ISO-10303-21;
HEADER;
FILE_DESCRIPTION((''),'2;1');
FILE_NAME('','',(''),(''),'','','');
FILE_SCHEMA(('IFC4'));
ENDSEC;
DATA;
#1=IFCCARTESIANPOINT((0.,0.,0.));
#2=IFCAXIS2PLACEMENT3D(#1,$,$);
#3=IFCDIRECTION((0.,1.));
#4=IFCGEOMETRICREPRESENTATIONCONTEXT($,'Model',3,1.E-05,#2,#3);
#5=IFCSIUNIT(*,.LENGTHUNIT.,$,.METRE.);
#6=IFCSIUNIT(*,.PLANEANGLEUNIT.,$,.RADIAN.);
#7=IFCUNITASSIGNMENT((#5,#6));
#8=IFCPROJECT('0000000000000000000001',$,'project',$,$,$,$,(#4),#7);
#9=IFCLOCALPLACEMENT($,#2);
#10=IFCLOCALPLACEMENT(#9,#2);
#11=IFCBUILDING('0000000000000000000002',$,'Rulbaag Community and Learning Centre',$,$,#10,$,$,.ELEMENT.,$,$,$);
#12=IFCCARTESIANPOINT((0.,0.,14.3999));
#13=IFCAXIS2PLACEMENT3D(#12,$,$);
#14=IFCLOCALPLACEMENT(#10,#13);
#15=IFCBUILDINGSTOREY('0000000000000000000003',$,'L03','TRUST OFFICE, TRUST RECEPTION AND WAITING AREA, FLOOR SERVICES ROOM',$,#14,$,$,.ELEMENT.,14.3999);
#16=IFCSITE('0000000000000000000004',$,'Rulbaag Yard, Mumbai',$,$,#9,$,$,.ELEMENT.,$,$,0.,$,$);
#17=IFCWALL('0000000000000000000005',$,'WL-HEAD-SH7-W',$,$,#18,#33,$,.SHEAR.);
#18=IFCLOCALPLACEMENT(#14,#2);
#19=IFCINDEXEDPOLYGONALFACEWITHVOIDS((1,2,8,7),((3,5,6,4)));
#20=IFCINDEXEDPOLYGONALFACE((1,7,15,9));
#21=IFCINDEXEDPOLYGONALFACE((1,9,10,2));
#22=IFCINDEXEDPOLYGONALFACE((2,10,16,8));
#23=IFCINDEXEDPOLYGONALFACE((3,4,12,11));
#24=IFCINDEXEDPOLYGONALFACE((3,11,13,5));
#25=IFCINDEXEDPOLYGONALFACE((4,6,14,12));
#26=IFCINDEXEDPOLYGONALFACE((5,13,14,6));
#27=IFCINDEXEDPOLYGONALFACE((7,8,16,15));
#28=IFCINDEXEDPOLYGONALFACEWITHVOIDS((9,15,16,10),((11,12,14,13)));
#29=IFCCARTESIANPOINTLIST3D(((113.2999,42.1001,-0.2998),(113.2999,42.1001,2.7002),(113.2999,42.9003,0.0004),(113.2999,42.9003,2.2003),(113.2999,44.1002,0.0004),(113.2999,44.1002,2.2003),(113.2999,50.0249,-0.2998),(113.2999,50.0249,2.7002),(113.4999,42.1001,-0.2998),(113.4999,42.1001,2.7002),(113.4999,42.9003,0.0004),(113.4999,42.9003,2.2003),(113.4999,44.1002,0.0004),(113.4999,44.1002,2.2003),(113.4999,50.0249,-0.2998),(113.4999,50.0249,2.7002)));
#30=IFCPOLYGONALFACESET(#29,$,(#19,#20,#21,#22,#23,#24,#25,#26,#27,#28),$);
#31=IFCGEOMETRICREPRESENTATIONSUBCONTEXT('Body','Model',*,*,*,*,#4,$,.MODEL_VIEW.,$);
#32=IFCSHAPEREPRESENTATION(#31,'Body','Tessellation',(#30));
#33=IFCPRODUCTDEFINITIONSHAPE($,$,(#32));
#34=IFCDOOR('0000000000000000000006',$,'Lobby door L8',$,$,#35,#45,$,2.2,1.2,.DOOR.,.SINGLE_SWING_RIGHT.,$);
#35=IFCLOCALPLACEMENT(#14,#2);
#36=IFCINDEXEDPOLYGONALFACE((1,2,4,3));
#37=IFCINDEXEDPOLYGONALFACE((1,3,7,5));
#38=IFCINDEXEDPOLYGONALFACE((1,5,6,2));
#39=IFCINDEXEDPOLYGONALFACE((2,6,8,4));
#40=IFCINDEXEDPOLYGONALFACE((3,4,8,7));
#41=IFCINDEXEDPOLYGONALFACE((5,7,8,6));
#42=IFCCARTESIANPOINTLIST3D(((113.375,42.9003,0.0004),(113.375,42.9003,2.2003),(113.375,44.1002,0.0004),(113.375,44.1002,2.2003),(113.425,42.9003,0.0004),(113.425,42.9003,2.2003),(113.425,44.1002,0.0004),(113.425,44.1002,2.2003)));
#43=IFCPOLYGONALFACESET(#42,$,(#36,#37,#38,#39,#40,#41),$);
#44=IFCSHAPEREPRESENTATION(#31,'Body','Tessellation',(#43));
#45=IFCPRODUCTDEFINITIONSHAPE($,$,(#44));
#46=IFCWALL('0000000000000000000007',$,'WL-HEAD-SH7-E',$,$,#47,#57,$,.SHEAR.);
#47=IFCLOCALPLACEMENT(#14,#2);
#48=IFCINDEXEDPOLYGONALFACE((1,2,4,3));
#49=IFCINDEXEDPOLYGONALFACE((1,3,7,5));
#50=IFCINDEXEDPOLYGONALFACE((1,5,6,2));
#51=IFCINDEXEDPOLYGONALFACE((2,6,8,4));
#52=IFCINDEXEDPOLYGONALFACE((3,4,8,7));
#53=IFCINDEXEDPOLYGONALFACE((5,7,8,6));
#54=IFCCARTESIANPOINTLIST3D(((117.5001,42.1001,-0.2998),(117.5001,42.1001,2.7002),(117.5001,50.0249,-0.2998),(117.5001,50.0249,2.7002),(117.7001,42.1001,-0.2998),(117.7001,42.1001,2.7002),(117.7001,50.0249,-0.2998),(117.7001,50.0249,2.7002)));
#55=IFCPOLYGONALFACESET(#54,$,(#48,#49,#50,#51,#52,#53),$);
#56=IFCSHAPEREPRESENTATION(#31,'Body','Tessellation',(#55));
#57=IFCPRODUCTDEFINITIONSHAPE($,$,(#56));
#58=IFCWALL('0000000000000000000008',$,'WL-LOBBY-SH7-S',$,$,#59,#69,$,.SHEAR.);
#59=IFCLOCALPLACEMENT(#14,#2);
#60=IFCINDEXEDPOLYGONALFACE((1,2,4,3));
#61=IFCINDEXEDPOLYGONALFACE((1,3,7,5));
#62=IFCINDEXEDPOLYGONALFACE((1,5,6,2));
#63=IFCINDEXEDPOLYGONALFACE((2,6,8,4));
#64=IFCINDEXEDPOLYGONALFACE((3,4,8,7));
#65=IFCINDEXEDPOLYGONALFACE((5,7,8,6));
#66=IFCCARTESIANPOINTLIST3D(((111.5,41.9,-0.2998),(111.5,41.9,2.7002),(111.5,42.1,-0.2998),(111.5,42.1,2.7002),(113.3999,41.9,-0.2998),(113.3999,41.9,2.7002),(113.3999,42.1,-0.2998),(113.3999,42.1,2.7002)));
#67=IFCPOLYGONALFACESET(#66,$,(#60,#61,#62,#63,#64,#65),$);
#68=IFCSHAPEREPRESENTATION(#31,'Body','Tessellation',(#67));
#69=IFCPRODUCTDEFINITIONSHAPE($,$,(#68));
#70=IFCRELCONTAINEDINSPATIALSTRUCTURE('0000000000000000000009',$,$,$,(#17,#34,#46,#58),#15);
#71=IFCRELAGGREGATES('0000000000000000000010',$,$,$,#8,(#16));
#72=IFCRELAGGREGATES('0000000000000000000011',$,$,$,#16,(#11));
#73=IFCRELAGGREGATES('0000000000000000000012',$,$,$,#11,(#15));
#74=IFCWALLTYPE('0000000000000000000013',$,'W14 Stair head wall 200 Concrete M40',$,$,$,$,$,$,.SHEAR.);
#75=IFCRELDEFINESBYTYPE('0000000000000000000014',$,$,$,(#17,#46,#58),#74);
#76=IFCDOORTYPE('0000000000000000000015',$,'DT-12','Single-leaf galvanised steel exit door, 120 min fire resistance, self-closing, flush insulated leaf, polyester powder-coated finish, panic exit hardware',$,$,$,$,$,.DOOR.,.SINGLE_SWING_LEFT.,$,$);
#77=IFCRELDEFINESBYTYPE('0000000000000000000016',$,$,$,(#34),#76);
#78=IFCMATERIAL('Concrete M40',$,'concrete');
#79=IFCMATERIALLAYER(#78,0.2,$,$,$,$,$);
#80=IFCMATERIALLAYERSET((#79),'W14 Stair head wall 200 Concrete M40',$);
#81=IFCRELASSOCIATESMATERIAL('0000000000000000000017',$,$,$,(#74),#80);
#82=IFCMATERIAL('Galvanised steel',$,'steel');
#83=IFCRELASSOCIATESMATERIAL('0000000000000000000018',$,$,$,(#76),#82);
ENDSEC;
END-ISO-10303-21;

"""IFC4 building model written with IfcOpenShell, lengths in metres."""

from ifc_helpers import new_model, si_unit, direction, frame, frame_2d, origin, place, context, subcontext, project, spatial, rectangle, extrude, material, layer, layer_set, type_object, element, fill, save


model = new_model("IFC4")

# Units and contexts
model_context = context("Model", 3, precision=1e-05, world=origin(), true_north=direction((0.0, 1.0)))
body_context = subcontext(model_context, "Body", "Model", "MODEL_VIEW")
ifc_project = project(units=[si_unit("LENGTHUNIT", "METRE"), si_unit("PLANEANGLEUNIT", "RADIAN")], contexts=[model_context])

# Site, building, storey
site_placement = place(None, origin())
site = spatial("IfcSite", under=ifc_project, at=site_placement, Name="Rulbaag Yard, Mumbai", CompositionType="ELEMENT", RefElevation=0.0)
building_placement = place(site_placement, origin())
building = spatial("IfcBuilding", under=site, at=building_placement, Name="Rulbaag Community and Learning Centre", CompositionType="ELEMENT")
storey_placement = place(building_placement, frame((0.0, 0.0, 14.3999)))
storey = spatial("IfcBuildingStorey", under=building, at=storey_placement, Name="L03", Description="TRUST OFFICE, TRUST RECEPTION AND WAITING AREA, FLOOR SERVICES ROOM", CompositionType="ELEMENT", Elevation=14.3999)

# Shared definitions
ifc_material_1 = material(Name="Concrete M40", Category="concrete")

# Shared definitions
ifc_layer_1 = layer(ifc_material_1, 0.2)
ifc_layer_set_1 = layer_set([ifc_layer_1], Name="W14 Stair head wall 200 Concrete M40")
wall_type_1 = type_object("IfcWallType", Name="W14 Stair head wall 200 Concrete M40", PredefinedType="SHEAR", material=ifc_layer_set_1)

# Wall, opening, door
wall_1_placement = place(storey_placement, frame((113.3999, 42.1001, -0.2998), z_axis=(0.0, 0.0, 1.0), x_axis=(0.0, 1.0, 0.0)))
wall_1 = element("IfcWall", 1, at=wall_1_placement, inside=storey, type_object=wall_type_1, Name="WL-HEAD-SH7-W", PredefinedType="SHEAR", context=body_context, shape_type="SweptSolid", body=[
    extrude(rectangle(XDim=7.9248, YDim=0.2, at=frame_2d((3.9624, 0.0))), origin(), (0.0, 0.0, 1.0), 3.0),
])
opening_placement = place(wall_1_placement, frame((0.8, 0.0, 0.3)))
opening = element("IfcOpeningElement", 2, at=opening_placement, cuts=wall_1, PredefinedType="OPENING", context=body_context, shape_type="SweptSolid", body=[
    extrude(rectangle(XDim=1.2, YDim=2.2, at=frame_2d((0.6001, 1.1001))), frame((0.0, 0.1099, 0.0), z_axis=(0.0, -1.0, 0.0), x_axis=(1.0, 0.0, 0.0)), (0.0, 0.0, 1.0), 0.22),
])
ifc_material_2 = material(Name="Galvanised steel", Category="steel")
door_type = type_object("IfcDoorType", Name="DT-12", Description="Single-leaf galvanised steel exit door, 120 min fire resistance, self-closing, flush insulated leaf, polyester powder-coated finish, panic exit hardware", OperationType="SINGLE_SWING_LEFT", PredefinedType="DOOR", material=ifc_material_2)
door_placement = place(opening_placement, origin())
door = element("IfcDoor", 3, at=door_placement, inside=storey, type_object=door_type, Name="Lobby door L8", OperationType="SINGLE_SWING_RIGHT", OverallHeight=2.2, OverallWidth=1.2, PredefinedType="DOOR", context=body_context, shape_type="SweptSolid", body=[
    extrude(rectangle(XDim=1.2, YDim=2.2, at=frame_2d((0.6001, 1.1001))), frame((0.0, 0.0249, 0.0), z_axis=(0.0, -1.0, 0.0), x_axis=(1.0, 0.0, 0.0)), (0.0, 0.0, 1.0), 0.05),
])
fill(opening, door)

# Walls
wall_2_placement = place(storey_placement, frame((117.6001, 42.1001, -0.2998), z_axis=(0.0, 0.0, 1.0), x_axis=(0.0, 1.0, 0.0)))
element("IfcWall", 4, at=wall_2_placement, inside=storey, type_object=wall_type_1, Name="WL-HEAD-SH7-E", PredefinedType="SHEAR", context=body_context, shape_type="SweptSolid", body=[
    extrude(rectangle(XDim=7.9248, YDim=0.2, at=frame_2d((3.9624, 0.0))), origin(), (0.0, 0.0, 1.0), 3.0),
])
wall_3_placement = place(storey_placement, frame((113.3999, 42.0, -0.2998), z_axis=(0.0, 0.0, 1.0), x_axis=(-1.0, 0.0, 0.0)))
element("IfcWall", 5, at=wall_3_placement, inside=storey, type_object=wall_type_1, Name="WL-LOBBY-SH7-S", PredefinedType="SHEAR", context=body_context, shape_type="SweptSolid", body=[
    extrude(rectangle(XDim=1.8999, YDim=0.2, at=frame_2d((0.95, 0.0))), origin(), (0.0, 0.0, 1.0), 3.0),
])

save(model, "model.ifc")
